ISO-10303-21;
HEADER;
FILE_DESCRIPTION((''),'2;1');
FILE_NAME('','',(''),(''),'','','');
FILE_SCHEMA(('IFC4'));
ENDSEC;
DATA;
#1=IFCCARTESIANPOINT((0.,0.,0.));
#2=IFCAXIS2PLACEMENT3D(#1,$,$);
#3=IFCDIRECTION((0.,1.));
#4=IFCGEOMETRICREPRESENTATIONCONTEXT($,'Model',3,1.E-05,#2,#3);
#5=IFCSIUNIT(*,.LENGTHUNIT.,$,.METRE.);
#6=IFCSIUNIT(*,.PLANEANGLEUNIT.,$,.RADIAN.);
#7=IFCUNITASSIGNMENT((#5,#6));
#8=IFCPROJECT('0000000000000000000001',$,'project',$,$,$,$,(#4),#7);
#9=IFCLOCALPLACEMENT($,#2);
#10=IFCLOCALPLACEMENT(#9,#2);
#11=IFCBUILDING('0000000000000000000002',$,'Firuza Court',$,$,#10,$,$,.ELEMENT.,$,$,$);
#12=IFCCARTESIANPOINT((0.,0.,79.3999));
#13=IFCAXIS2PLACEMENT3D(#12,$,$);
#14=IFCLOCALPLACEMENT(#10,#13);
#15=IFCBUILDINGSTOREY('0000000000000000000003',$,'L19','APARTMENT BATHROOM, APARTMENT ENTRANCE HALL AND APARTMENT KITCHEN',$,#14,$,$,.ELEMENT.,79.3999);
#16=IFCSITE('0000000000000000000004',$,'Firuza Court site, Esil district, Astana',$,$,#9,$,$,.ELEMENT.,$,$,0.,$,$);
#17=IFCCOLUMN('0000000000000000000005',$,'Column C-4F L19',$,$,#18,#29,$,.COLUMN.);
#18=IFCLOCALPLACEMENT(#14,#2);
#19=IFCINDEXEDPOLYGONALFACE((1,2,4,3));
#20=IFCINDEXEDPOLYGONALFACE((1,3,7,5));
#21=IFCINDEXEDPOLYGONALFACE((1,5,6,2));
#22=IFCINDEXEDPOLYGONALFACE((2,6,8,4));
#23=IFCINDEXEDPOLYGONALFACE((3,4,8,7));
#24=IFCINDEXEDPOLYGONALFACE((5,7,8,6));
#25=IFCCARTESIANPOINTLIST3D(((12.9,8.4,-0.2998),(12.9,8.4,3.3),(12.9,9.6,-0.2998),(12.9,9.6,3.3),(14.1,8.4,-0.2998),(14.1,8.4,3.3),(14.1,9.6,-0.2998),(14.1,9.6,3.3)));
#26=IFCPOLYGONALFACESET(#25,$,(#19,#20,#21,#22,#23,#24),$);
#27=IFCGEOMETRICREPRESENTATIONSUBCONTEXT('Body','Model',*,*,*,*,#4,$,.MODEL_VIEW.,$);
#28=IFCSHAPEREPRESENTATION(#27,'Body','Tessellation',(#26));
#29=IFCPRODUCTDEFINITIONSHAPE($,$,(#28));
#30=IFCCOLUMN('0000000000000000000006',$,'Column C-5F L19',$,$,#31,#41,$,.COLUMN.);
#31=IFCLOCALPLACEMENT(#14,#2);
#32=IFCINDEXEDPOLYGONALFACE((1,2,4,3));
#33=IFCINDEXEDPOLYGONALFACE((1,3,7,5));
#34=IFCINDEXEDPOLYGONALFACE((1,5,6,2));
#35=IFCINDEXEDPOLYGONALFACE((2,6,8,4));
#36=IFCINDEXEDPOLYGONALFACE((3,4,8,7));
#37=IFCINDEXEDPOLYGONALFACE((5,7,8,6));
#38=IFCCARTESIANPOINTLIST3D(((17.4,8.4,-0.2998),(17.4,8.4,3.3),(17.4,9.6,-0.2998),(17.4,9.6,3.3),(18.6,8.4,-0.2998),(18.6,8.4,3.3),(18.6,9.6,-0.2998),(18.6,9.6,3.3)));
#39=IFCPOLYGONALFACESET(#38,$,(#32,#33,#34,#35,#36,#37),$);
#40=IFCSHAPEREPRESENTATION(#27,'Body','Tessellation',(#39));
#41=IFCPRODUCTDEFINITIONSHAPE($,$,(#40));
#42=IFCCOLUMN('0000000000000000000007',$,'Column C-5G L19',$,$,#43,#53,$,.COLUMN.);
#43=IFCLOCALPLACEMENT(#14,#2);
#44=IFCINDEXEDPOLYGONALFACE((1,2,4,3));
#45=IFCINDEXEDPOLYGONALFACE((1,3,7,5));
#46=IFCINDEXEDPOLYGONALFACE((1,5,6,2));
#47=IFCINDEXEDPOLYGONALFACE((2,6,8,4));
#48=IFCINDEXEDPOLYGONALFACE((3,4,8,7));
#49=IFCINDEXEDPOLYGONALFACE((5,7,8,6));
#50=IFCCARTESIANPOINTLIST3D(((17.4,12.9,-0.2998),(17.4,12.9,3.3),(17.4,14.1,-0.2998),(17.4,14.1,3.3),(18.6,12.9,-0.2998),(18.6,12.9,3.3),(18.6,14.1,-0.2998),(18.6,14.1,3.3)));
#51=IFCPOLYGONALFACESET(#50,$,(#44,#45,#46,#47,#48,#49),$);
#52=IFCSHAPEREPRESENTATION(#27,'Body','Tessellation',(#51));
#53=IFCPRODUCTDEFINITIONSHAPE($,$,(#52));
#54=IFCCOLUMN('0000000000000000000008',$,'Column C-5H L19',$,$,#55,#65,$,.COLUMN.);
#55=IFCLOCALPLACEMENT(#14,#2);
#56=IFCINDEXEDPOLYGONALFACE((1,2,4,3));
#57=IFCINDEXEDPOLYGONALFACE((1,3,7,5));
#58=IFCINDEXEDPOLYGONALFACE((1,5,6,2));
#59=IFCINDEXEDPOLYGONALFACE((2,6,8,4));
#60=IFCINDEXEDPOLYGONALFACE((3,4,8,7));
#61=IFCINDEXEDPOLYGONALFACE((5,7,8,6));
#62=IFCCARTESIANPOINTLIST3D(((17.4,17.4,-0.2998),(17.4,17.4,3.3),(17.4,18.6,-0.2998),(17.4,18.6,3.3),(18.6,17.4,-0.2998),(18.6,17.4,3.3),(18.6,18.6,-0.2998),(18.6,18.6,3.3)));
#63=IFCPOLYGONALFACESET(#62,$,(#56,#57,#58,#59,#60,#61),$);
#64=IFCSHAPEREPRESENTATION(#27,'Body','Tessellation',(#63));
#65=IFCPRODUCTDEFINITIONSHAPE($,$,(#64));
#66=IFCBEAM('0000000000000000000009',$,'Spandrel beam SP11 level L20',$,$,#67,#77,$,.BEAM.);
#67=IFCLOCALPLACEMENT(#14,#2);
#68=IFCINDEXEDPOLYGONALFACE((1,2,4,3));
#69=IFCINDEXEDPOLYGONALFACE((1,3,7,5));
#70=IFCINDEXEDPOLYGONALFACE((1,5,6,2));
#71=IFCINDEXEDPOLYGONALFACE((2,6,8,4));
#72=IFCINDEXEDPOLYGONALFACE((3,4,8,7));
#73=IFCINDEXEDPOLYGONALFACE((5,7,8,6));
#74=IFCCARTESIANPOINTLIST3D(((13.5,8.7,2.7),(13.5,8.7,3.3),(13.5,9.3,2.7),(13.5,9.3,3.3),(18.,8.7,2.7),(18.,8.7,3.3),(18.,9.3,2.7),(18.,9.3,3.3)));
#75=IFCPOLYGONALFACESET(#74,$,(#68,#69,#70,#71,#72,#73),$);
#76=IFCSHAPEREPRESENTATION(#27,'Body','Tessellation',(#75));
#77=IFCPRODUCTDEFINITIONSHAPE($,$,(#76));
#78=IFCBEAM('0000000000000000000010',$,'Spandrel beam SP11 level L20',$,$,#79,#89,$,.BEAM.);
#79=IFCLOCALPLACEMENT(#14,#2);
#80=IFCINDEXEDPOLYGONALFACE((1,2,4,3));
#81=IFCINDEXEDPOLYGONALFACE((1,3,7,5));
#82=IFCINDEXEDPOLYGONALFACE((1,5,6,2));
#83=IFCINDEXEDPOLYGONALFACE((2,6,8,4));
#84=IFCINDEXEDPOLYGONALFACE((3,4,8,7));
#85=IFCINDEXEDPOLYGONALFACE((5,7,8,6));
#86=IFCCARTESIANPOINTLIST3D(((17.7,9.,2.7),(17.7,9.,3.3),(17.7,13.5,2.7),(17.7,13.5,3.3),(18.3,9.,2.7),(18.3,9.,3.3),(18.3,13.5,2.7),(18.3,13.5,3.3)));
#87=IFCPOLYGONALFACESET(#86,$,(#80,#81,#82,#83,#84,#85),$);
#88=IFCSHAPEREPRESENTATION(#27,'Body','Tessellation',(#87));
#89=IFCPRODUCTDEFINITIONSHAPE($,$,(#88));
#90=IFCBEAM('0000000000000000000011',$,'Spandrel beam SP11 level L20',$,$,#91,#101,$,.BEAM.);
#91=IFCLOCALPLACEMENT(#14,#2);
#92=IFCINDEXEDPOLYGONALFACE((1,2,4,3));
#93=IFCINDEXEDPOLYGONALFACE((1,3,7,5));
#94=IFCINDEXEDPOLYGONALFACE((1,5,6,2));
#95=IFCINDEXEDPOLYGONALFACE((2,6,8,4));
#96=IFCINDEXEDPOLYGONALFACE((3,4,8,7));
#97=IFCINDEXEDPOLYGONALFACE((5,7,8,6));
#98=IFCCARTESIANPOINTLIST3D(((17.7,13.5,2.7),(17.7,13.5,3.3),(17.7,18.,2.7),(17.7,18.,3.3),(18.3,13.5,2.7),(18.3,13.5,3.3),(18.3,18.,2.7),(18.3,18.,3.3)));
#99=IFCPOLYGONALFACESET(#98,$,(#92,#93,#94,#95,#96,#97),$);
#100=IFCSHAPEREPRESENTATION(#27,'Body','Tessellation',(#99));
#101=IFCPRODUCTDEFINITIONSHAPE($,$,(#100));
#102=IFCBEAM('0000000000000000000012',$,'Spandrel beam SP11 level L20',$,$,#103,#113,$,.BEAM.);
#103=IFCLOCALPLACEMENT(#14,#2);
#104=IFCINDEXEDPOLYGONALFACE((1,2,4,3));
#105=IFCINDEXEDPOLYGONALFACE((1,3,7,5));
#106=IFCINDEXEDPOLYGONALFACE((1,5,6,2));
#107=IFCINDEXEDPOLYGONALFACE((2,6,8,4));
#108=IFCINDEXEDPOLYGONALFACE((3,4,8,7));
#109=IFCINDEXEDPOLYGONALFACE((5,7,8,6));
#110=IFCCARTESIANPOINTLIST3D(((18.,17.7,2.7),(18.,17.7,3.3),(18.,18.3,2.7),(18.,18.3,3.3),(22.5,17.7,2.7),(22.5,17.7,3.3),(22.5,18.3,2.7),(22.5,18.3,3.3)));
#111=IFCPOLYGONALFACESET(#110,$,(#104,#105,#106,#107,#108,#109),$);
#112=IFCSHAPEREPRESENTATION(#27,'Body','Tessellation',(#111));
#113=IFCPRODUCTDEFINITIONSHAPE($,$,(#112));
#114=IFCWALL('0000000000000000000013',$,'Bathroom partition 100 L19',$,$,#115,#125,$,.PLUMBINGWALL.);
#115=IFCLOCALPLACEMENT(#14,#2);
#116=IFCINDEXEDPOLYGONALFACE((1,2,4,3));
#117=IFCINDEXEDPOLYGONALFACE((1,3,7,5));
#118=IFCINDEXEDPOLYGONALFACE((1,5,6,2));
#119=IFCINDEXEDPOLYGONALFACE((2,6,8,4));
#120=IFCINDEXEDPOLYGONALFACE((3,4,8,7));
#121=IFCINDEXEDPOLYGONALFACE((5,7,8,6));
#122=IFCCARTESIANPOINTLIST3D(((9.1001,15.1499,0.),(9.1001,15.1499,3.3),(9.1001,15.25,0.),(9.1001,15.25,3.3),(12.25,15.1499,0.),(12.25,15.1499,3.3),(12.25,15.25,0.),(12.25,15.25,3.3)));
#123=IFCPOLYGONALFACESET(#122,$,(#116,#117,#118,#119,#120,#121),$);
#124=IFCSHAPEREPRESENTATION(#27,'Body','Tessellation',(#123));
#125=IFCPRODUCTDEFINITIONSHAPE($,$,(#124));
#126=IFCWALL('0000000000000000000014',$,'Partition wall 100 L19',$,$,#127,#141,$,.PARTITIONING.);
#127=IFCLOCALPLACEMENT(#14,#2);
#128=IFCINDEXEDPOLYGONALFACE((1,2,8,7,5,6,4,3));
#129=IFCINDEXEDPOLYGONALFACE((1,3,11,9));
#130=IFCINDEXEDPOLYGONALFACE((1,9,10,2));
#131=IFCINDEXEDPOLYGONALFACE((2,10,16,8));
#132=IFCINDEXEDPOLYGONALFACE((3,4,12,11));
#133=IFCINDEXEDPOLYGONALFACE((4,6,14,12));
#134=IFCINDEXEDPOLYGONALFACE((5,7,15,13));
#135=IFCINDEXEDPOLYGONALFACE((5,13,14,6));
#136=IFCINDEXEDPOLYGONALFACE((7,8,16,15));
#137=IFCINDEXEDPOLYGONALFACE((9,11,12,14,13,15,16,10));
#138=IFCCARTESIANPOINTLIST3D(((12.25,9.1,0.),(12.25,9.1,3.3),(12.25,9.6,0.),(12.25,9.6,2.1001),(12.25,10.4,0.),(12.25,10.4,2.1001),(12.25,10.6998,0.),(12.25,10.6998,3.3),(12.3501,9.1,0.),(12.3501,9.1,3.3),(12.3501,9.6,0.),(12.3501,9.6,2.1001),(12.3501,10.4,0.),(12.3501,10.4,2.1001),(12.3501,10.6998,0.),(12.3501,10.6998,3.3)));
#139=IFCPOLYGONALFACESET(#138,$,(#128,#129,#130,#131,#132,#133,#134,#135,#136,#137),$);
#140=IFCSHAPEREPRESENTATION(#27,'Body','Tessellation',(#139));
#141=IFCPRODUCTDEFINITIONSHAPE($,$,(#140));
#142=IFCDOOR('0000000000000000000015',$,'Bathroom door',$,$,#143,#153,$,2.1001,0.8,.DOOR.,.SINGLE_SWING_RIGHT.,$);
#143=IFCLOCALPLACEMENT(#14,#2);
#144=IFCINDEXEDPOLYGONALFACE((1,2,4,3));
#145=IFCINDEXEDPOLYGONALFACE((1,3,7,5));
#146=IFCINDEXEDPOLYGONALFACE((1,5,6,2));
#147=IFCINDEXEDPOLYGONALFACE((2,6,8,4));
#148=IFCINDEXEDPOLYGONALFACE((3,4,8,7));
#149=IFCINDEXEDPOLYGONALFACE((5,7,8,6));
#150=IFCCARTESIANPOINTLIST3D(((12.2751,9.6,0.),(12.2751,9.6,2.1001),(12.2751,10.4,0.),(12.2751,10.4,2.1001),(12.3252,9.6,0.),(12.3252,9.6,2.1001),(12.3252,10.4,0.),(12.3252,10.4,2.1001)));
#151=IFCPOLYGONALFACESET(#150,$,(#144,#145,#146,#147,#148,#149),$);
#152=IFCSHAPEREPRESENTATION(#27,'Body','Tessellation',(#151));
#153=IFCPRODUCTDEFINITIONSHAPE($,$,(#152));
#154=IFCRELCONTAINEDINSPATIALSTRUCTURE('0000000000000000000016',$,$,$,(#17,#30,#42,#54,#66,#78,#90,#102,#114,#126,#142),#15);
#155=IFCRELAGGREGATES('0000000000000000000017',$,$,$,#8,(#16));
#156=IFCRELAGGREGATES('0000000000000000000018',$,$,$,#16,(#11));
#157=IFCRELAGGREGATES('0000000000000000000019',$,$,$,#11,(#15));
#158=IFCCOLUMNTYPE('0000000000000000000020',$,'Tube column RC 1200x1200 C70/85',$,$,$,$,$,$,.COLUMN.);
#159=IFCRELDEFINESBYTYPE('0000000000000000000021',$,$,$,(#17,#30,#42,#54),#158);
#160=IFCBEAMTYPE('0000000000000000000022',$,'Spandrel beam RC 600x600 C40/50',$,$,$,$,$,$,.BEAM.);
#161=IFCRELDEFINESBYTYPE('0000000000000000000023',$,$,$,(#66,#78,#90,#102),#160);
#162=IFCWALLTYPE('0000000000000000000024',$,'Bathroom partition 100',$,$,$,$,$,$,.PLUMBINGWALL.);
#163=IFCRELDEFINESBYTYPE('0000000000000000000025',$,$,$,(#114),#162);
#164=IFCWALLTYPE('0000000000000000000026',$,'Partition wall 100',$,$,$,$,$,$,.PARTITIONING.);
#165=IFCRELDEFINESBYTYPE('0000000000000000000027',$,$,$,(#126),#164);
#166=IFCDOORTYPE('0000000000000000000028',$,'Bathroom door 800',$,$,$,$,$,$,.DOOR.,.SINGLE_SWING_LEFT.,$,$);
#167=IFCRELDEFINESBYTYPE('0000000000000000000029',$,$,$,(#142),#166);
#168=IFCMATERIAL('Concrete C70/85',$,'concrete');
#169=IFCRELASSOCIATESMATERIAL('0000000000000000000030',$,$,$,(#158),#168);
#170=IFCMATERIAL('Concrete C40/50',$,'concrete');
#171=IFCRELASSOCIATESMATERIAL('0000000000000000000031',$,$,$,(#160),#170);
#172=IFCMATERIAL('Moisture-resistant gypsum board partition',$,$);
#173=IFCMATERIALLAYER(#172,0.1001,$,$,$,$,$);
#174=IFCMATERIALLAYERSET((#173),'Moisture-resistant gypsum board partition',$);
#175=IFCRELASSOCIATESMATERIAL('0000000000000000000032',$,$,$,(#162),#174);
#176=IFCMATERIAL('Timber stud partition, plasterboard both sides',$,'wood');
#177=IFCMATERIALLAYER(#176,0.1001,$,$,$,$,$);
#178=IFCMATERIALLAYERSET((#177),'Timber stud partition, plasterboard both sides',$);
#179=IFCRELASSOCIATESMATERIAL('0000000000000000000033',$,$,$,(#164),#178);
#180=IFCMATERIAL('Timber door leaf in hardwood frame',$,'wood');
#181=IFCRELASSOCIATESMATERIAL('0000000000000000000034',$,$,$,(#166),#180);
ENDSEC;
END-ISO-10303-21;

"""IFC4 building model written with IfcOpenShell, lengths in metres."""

from ifc_helpers import new_model, si_unit, direction, frame, frame_2d, origin, origin_2d, place, context, subcontext, project, spatial, rectangle, extrude, material, layer, layer_set, material_profile, profile_set, type_object, element, fill, save


model = new_model("IFC4")

# Units and contexts
model_context = context("Model", 3, precision=1e-05, world=origin(), true_north=direction((0.0, 1.0)))
body_context = subcontext(model_context, "Body", "Model", "MODEL_VIEW")
ifc_project = project(units=[si_unit("LENGTHUNIT", "METRE"), si_unit("PLANEANGLEUNIT", "RADIAN")], contexts=[model_context])

# Site, building, storey
site_placement = place(None, origin())
site = spatial("IfcSite", under=ifc_project, at=site_placement, Name="Firuza Court site, Esil district, Astana", CompositionType="ELEMENT", RefElevation=0.0)
building_placement = place(site_placement, origin())
building = spatial("IfcBuilding", under=site, at=building_placement, Name="Firuza Court", CompositionType="ELEMENT")
storey_placement = place(building_placement, frame((0.0, 0.0, 79.3999)))
storey = spatial("IfcBuildingStorey", under=building, at=storey_placement, Name="L19", Description="APARTMENT BATHROOM, APARTMENT ENTRANCE HALL AND APARTMENT KITCHEN", CompositionType="ELEMENT", Elevation=79.3999)

# Columns
ifc_material_1 = material(Name="Concrete C70/85", Category="concrete")
ifc_material_profile_1 = material_profile(ifc_material_1, rectangle(XDim=1.2, YDim=1.2, at=origin_2d()), Name="RC 1200x1200")
ifc_profile_set_1 = profile_set([ifc_material_profile_1], Name="Concrete C70/85")
column_type = type_object("IfcColumnType", Name="Tube column RC 1200x1200 C70/85", PredefinedType="COLUMN", material=ifc_profile_set_1)
for number, where, z_axis, x_axis, name in (
    (1, (13.5, 9.0, -0.2998), (0.0, 0.0, 1.0), (1.0, 0.0, 0.0), "Column C-4F L19"),
    (2, (18.0, 9.0, -0.2998), (0.0, 0.0, 1.0), (1.0, 0.0, 0.0), "Column C-5F L19"),
    (3, (18.0, 13.5, -0.2998), (0.0, 0.0, 1.0), (1.0, 0.0, 0.0), "Column C-5G L19"),
    (4, (18.0, 18.0, -0.2998), (0.0, 0.0, 1.0), (1.0, 0.0, 0.0), "Column C-5H L19"),
):
    element("IfcColumn", number, at=place(storey_placement, frame(where, z_axis=z_axis, x_axis=x_axis)), inside=storey, type_object=column_type, Name=name, PredefinedType="COLUMN", context=body_context, shape_type="SweptSolid", body=[
        extrude(rectangle(XDim=1.2, YDim=1.2, at=origin_2d()), origin(), (0.0, 0.0, 1.0), 3.5999),
    ])

# Beams
ifc_material_2 = material(Name="Concrete C40/50", Category="concrete")
ifc_material_profile_2 = material_profile(ifc_material_2, rectangle(XDim=0.6001, YDim=0.6001, at=origin_2d()), Name="RC 600x600")
ifc_profile_set_2 = profile_set([ifc_material_profile_2], Name="Concrete C40/50")
beam_type = type_object("IfcBeamType", Name="Spandrel beam RC 600x600 C40/50", PredefinedType="BEAM", material=ifc_profile_set_2)
for number, where, z_axis, x_axis, name in (
    (5, (13.5, 9.0, 3.0), (1.0, 0.0, 0.0), (0.0, 1.0, 0.0), "Spandrel beam SP11 level L20"),
    (6, (18.0, 9.0, 3.0), (0.0, 1.0, 0.0), (-1.0, 0.0, 0.0), "Spandrel beam SP11 level L20"),
    (7, (18.0, 13.5, 3.0), (0.0, 1.0, 0.0), (-1.0, 0.0, 0.0), "Spandrel beam SP11 level L20"),
    (8, (18.0, 18.0, 3.0), (1.0, 0.0, 0.0), (0.0, 1.0, 0.0), "Spandrel beam SP11 level L20"),
):
    element("IfcBeam", number, at=place(storey_placement, frame(where, z_axis=z_axis, x_axis=x_axis)), inside=storey, type_object=beam_type, Name=name, PredefinedType="BEAM", context=body_context, shape_type="SweptSolid", body=[
        extrude(rectangle(XDim=0.6001, YDim=0.6001, at=origin_2d()), origin(), (0.0, 0.0, 1.0), 4.5),
    ])

# Wall
ifc_material_3 = material(Name="Moisture-resistant gypsum board partition")
ifc_layer_1 = layer(ifc_material_3, 0.1001)
ifc_layer_set_1 = layer_set([ifc_layer_1], Name="Moisture-resistant gypsum board partition")
wall_type_1 = type_object("IfcWallType", Name="Bathroom partition 100", PredefinedType="PLUMBINGWALL", material=ifc_layer_set_1)
wall_1_placement = place(storey_placement, frame((9.1001, 15.2, 0.0), z_axis=(0.0, 0.0, 1.0), x_axis=(1.0, 0.0, 0.0)))
element("IfcWall", 9, at=wall_1_placement, inside=storey, type_object=wall_type_1, Name="Bathroom partition 100 L19", PredefinedType="PLUMBINGWALL", context=body_context, shape_type="SweptSolid", body=[
    extrude(rectangle(XDim=3.1499, YDim=0.1001, at=frame_2d((1.575, 0.0))), origin(), (0.0, 0.0, 1.0), 3.3),
])

# Wall, opening, door
ifc_material_4 = material(Name="Timber stud partition, plasterboard both sides", Category="wood")
ifc_layer_2 = layer(ifc_material_4, 0.1001)
ifc_layer_set_2 = layer_set([ifc_layer_2], Name="Timber stud partition, plasterboard both sides")
wall_type_2 = type_object("IfcWallType", Name="Partition wall 100", PredefinedType="PARTITIONING", material=ifc_layer_set_2)
wall_2_placement = place(storey_placement, frame((12.3, 9.1001, 0.0), z_axis=(0.0, 0.0, 1.0), x_axis=(0.0, 1.0, 0.0)))
wall_2 = element("IfcWall", 10, at=wall_2_placement, inside=storey, type_object=wall_type_2, Name="Partition wall 100 L19", PredefinedType="PARTITIONING", context=body_context, shape_type="SweptSolid", body=[
    extrude(rectangle(XDim=1.5999, YDim=0.1001, at=frame_2d((0.7998, 0.0))), origin(), (0.0, 0.0, 1.0), 3.3),
])
opening_1_placement = place(wall_2_placement, frame((0.5, 0.0, 0.0)))
opening_1 = element("IfcOpeningElement", 11, at=opening_1_placement, cuts=wall_2, PredefinedType="OPENING", context=body_context, shape_type="SweptSolid", body=[
    extrude(rectangle(XDim=0.8, YDim=2.1001, at=frame_2d((0.3999, 1.05))), frame((0.0, 0.062, 0.0), z_axis=(0.0, -1.0, 0.0), x_axis=(1.0, 0.0, 0.0)), (0.0, 0.0, 1.0), 0.124),
])
ifc_material_5 = material(Name="Timber door leaf in hardwood frame", Category="wood")
door_type_1 = type_object("IfcDoorType", Name="Bathroom door 800", OperationType="SINGLE_SWING_LEFT", PredefinedType="DOOR", material=ifc_material_5)
door_1_placement = place(opening_1_placement, origin())
door_1 = element("IfcDoor", 12, at=door_1_placement, inside=storey, type_object=door_type_1, Name="Bathroom door", OperationType="SINGLE_SWING_RIGHT", OverallHeight=2.1001, OverallWidth=0.8, PredefinedType="DOOR", context=body_context, shape_type="SweptSolid", body=[
    extrude(rectangle(XDim=0.8, YDim=2.1001, at=frame_2d((0.3999, 1.05))), frame((0.0, 0.0249, 0.0), z_axis=(0.0, -1.0, 0.0), x_axis=(1.0, 0.0, 0.0)), (0.0, 0.0, 1.0), 0.05),
])
fill(opening_1, door_1)

save(model, "model.ifc")
